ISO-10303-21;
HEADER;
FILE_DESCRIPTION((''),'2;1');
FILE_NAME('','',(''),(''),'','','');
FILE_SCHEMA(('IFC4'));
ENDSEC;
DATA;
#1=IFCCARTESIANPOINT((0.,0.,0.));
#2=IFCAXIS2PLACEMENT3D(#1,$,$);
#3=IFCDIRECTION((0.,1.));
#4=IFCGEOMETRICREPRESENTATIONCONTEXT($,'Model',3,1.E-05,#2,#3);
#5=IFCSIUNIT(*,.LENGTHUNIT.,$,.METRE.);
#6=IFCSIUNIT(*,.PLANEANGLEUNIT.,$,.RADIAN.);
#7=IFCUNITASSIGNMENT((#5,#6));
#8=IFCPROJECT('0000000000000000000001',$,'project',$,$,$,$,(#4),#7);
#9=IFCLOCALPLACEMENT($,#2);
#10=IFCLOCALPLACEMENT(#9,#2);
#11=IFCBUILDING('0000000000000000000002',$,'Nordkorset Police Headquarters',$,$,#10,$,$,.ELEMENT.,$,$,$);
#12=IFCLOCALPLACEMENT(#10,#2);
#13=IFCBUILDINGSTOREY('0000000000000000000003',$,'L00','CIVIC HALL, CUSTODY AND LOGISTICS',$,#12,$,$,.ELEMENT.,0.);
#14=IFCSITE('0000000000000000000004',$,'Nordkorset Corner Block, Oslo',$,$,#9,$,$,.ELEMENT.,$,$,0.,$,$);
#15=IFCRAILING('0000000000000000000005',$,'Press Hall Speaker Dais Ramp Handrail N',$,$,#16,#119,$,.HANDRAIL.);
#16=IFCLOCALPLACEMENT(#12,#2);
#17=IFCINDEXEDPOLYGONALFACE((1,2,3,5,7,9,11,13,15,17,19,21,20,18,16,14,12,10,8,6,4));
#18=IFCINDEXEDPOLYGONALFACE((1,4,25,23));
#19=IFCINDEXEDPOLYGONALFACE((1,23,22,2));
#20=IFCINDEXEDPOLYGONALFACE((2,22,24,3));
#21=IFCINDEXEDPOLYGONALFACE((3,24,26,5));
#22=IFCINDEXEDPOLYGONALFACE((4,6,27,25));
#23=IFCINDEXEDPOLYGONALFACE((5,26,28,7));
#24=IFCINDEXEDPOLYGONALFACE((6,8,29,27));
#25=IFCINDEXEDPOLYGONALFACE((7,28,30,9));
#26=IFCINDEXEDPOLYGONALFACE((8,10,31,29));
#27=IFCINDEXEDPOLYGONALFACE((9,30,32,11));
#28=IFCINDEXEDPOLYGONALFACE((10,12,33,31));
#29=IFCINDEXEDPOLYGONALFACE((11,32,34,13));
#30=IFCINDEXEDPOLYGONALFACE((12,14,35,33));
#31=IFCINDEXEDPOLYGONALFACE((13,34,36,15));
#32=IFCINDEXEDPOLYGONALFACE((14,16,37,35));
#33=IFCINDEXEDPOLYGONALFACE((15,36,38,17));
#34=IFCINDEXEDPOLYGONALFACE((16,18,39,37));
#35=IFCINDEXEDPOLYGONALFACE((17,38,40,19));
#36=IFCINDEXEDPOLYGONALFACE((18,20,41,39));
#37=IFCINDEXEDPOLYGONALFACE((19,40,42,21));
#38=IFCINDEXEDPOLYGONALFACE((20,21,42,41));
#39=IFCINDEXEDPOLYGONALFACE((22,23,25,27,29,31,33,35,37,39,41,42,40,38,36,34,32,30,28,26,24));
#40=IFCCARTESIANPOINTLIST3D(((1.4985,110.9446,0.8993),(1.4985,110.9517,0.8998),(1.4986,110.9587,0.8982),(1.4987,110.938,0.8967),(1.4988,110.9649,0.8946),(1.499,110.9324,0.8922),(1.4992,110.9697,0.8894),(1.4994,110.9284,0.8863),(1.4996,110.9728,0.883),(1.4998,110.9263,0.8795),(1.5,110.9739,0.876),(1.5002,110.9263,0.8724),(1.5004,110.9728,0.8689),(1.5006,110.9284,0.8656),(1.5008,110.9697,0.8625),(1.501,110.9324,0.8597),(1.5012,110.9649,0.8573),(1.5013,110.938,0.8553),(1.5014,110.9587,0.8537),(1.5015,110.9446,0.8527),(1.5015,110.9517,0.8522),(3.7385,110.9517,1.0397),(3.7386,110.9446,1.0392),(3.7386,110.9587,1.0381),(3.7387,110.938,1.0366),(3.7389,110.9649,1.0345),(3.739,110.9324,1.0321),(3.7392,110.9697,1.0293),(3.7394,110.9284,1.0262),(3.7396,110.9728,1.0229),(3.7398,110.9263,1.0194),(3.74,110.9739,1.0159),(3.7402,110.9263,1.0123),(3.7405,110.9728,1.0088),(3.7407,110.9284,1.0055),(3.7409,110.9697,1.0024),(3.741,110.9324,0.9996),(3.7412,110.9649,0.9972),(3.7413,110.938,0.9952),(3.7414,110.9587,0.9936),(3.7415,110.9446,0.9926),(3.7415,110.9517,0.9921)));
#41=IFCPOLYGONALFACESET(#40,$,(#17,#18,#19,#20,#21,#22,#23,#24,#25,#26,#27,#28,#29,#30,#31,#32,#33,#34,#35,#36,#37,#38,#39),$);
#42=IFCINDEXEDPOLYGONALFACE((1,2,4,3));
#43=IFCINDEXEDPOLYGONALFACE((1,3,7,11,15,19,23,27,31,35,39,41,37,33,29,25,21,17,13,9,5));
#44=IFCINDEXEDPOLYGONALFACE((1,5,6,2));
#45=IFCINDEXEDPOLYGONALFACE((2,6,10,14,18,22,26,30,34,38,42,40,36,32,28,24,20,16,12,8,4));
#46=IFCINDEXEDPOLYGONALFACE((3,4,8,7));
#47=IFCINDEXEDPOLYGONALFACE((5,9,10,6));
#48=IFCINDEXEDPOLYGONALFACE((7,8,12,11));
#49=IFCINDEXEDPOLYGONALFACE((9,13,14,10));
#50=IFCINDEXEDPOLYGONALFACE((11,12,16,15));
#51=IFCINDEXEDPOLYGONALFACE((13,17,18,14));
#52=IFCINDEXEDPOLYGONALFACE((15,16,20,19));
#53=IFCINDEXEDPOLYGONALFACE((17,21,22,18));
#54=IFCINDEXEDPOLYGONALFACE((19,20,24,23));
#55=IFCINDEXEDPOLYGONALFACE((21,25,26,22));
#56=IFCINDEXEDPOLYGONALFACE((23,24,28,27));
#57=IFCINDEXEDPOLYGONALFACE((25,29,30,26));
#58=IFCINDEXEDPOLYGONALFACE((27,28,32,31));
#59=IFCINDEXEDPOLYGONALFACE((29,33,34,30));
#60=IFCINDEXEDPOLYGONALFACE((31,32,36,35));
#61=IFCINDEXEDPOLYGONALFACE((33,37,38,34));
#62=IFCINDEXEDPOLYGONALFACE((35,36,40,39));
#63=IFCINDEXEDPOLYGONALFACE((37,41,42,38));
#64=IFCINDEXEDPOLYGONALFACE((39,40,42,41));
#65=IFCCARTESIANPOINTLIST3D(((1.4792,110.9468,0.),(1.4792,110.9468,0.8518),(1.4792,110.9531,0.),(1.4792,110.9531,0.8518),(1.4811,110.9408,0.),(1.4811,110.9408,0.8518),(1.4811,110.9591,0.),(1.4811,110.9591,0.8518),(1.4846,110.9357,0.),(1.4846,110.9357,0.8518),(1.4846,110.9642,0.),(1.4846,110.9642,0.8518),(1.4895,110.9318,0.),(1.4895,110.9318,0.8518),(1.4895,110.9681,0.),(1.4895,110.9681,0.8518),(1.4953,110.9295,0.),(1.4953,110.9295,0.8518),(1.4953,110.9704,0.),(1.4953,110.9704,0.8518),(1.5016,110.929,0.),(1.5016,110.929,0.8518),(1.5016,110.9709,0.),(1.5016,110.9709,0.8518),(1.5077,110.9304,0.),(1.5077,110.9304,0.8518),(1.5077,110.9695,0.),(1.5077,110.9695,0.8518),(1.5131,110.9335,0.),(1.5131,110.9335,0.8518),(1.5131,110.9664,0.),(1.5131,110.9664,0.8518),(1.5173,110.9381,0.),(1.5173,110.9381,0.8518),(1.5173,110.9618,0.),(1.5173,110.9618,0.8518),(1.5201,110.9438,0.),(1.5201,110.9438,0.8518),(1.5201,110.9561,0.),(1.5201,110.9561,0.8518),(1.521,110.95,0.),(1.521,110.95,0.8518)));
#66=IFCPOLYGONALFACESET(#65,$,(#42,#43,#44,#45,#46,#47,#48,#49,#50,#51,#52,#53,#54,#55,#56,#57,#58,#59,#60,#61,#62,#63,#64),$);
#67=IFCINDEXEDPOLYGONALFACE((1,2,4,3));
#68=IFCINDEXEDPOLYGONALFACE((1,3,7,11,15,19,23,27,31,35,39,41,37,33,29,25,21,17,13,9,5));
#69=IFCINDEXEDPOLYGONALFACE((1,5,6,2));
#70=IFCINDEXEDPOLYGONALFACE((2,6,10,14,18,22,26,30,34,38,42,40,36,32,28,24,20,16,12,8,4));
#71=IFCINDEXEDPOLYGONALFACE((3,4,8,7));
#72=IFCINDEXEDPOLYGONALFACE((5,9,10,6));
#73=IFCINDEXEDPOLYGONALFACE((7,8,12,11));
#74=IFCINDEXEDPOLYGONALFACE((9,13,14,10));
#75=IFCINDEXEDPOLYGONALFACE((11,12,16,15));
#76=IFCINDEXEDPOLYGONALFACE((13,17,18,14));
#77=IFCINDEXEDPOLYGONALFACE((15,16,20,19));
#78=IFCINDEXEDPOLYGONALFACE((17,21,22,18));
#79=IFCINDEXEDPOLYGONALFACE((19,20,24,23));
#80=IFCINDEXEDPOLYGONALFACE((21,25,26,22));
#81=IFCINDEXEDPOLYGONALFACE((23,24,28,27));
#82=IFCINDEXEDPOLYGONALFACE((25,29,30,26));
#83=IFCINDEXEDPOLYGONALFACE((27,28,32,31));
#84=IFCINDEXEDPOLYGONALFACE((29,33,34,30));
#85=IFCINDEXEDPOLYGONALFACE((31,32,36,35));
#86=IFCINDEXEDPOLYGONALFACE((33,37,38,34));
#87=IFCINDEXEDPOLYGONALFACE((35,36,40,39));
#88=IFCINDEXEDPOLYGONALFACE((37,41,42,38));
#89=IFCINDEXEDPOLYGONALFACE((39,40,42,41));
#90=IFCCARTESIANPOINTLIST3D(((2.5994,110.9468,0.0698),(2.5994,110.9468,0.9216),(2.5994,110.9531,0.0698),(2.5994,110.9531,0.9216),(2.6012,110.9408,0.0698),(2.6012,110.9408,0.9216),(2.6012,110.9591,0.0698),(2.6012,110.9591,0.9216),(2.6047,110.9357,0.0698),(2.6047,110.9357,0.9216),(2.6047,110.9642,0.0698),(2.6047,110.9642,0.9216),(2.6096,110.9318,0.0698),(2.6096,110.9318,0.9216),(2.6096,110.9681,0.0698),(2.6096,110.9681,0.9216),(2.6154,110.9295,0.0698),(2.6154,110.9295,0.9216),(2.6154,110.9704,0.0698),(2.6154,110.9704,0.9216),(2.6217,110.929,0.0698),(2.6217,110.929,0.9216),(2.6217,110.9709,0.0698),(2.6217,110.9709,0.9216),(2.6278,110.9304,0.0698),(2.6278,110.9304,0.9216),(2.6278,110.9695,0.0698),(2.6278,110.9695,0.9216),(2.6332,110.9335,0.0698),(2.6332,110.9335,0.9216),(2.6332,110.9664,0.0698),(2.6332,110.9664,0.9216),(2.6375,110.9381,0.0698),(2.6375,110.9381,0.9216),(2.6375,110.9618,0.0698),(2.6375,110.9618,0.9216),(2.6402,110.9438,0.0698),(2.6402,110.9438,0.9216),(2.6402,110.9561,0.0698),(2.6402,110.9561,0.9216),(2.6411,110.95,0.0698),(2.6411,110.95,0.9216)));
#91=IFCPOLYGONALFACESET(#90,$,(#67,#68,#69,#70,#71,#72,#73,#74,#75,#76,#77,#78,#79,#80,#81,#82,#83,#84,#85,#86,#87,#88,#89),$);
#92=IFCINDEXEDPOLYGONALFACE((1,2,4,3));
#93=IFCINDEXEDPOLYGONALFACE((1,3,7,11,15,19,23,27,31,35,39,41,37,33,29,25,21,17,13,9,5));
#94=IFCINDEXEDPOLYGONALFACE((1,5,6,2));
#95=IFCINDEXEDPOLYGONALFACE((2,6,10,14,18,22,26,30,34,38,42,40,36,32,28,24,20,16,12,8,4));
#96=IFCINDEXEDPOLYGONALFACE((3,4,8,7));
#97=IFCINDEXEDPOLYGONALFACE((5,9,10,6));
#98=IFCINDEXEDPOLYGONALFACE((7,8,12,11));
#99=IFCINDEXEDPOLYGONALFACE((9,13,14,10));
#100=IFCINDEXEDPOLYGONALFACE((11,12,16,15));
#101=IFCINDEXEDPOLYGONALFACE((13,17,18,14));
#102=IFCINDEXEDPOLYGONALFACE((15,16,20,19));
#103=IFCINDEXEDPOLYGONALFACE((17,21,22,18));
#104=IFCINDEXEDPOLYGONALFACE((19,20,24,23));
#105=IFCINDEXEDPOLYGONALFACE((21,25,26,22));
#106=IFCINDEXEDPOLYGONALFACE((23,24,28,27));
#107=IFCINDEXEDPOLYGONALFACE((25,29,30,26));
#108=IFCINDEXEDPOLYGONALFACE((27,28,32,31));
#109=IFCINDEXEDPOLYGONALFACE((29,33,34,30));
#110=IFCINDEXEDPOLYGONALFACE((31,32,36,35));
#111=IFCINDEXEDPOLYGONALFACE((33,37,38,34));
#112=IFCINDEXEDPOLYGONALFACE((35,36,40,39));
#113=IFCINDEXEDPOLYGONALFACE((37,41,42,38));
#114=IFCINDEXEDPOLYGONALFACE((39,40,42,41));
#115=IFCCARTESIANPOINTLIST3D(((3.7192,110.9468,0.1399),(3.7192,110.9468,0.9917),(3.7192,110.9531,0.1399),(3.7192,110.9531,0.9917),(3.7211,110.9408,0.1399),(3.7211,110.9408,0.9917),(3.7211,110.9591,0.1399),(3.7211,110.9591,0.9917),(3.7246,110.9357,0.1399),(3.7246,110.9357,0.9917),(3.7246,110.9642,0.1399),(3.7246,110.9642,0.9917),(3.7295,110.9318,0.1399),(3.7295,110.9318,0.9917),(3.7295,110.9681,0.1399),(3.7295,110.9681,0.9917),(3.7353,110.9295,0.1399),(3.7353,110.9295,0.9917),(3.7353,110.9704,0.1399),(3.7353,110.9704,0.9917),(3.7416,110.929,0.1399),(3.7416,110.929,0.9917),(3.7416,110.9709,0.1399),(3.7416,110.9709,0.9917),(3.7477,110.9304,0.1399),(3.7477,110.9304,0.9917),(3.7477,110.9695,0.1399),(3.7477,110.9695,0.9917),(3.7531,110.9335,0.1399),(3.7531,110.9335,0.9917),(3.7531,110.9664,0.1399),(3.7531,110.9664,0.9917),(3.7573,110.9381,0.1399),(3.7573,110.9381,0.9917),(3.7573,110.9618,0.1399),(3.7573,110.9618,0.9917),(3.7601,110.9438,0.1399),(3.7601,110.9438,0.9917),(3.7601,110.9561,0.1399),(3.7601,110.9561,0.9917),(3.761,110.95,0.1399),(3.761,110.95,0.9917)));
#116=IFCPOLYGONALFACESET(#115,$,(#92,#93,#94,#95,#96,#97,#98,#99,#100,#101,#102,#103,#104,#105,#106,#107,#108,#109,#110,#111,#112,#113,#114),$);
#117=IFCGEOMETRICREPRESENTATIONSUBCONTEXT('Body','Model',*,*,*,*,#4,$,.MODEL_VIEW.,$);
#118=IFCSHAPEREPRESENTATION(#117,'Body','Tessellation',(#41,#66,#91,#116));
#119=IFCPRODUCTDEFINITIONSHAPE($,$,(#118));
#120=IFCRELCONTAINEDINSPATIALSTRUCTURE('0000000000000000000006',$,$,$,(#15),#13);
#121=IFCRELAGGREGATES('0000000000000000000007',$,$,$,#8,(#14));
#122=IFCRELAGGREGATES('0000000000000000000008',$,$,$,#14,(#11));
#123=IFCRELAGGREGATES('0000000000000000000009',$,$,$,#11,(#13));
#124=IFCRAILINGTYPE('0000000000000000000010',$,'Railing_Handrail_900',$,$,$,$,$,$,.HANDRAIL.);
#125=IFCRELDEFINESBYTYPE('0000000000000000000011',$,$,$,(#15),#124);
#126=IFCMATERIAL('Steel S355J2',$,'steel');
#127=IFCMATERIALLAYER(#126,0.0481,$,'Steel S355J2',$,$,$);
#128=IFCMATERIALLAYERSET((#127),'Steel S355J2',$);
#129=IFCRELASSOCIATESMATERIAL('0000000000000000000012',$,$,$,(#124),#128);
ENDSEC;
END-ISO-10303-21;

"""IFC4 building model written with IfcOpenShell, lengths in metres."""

from ifc_helpers import new_model, si_unit, direction, frame, origin, origin_2d, place, context, subcontext, project, spatial, circle, extrude, material, layer, layer_set, type_object, element, save


model = new_model("IFC4")

# Units and contexts
model_context = context("Model", 3, precision=1e-05, world=origin(), true_north=direction((0.0, 1.0)))
body_context = subcontext(model_context, "Body", "Model", "MODEL_VIEW")
ifc_project = project(units=[si_unit("LENGTHUNIT", "METRE"), si_unit("PLANEANGLEUNIT", "RADIAN")], contexts=[model_context])

# Site, building, storey
site_placement = place(None, origin())
site = spatial("IfcSite", under=ifc_project, at=site_placement, Name="Nordkorset Corner Block, Oslo", CompositionType="ELEMENT", RefElevation=0.0)
building_placement = place(site_placement, origin())
building = spatial("IfcBuilding", under=site, at=building_placement, Name="Nordkorset Police Headquarters", CompositionType="ELEMENT")
storey_placement = place(building_placement, origin())
storey = spatial("IfcBuildingStorey", under=building, at=storey_placement, Name="L00", Description="CIVIC HALL, CUSTODY AND LOGISTICS", CompositionType="ELEMENT", Elevation=0.0)

# Railing
ifc_material_1 = material(Name="Steel S355J2", Category="steel")
ifc_layer_1 = layer(ifc_material_1, 0.0481, Name="Steel S355J2")
ifc_layer_set_1 = layer_set([ifc_layer_1], Name="Steel S355J2")
railing_type = type_object("IfcRailingType", Name="Railing_Handrail_900", PredefinedType="HANDRAIL", material=ifc_layer_set_1)
for number, where, name in (
    (1, (1.5, 110.95, 0.0), "Press Hall Speaker Dais Ramp Handrail N"),
):
    element("IfcRailing", number, at=place(storey_placement, frame(where)), inside=storey, type_object=railing_type, Name=name, PredefinedType="HANDRAIL", context=body_context, shape_type="SweptSolid", body=[
        extrude(circle(Radius=0.0239, at=origin_2d()), frame((0.0, 0.0, 0.876), z_axis=(0.998056, 0.0, 0.062331), x_axis=(0.0, 1.0, 0.0)), (0.0, 0.0, 1.0), 2.2444),
        extrude(circle(Radius=0.021, at=origin_2d()), origin(), (0.0, 0.0, 1.0), 0.8518),
        extrude(circle(Radius=0.021, at=origin_2d()), frame((1.1201, 0.0, 0.0698)), (0.0, 0.0, 1.0), 0.8518),
        extrude(circle(Radius=0.021, at=origin_2d()), frame((2.24, 0.0, 0.1399)), (0.0, 0.0, 1.0), 0.8518),
    ])

save(model, "model.ifc")
